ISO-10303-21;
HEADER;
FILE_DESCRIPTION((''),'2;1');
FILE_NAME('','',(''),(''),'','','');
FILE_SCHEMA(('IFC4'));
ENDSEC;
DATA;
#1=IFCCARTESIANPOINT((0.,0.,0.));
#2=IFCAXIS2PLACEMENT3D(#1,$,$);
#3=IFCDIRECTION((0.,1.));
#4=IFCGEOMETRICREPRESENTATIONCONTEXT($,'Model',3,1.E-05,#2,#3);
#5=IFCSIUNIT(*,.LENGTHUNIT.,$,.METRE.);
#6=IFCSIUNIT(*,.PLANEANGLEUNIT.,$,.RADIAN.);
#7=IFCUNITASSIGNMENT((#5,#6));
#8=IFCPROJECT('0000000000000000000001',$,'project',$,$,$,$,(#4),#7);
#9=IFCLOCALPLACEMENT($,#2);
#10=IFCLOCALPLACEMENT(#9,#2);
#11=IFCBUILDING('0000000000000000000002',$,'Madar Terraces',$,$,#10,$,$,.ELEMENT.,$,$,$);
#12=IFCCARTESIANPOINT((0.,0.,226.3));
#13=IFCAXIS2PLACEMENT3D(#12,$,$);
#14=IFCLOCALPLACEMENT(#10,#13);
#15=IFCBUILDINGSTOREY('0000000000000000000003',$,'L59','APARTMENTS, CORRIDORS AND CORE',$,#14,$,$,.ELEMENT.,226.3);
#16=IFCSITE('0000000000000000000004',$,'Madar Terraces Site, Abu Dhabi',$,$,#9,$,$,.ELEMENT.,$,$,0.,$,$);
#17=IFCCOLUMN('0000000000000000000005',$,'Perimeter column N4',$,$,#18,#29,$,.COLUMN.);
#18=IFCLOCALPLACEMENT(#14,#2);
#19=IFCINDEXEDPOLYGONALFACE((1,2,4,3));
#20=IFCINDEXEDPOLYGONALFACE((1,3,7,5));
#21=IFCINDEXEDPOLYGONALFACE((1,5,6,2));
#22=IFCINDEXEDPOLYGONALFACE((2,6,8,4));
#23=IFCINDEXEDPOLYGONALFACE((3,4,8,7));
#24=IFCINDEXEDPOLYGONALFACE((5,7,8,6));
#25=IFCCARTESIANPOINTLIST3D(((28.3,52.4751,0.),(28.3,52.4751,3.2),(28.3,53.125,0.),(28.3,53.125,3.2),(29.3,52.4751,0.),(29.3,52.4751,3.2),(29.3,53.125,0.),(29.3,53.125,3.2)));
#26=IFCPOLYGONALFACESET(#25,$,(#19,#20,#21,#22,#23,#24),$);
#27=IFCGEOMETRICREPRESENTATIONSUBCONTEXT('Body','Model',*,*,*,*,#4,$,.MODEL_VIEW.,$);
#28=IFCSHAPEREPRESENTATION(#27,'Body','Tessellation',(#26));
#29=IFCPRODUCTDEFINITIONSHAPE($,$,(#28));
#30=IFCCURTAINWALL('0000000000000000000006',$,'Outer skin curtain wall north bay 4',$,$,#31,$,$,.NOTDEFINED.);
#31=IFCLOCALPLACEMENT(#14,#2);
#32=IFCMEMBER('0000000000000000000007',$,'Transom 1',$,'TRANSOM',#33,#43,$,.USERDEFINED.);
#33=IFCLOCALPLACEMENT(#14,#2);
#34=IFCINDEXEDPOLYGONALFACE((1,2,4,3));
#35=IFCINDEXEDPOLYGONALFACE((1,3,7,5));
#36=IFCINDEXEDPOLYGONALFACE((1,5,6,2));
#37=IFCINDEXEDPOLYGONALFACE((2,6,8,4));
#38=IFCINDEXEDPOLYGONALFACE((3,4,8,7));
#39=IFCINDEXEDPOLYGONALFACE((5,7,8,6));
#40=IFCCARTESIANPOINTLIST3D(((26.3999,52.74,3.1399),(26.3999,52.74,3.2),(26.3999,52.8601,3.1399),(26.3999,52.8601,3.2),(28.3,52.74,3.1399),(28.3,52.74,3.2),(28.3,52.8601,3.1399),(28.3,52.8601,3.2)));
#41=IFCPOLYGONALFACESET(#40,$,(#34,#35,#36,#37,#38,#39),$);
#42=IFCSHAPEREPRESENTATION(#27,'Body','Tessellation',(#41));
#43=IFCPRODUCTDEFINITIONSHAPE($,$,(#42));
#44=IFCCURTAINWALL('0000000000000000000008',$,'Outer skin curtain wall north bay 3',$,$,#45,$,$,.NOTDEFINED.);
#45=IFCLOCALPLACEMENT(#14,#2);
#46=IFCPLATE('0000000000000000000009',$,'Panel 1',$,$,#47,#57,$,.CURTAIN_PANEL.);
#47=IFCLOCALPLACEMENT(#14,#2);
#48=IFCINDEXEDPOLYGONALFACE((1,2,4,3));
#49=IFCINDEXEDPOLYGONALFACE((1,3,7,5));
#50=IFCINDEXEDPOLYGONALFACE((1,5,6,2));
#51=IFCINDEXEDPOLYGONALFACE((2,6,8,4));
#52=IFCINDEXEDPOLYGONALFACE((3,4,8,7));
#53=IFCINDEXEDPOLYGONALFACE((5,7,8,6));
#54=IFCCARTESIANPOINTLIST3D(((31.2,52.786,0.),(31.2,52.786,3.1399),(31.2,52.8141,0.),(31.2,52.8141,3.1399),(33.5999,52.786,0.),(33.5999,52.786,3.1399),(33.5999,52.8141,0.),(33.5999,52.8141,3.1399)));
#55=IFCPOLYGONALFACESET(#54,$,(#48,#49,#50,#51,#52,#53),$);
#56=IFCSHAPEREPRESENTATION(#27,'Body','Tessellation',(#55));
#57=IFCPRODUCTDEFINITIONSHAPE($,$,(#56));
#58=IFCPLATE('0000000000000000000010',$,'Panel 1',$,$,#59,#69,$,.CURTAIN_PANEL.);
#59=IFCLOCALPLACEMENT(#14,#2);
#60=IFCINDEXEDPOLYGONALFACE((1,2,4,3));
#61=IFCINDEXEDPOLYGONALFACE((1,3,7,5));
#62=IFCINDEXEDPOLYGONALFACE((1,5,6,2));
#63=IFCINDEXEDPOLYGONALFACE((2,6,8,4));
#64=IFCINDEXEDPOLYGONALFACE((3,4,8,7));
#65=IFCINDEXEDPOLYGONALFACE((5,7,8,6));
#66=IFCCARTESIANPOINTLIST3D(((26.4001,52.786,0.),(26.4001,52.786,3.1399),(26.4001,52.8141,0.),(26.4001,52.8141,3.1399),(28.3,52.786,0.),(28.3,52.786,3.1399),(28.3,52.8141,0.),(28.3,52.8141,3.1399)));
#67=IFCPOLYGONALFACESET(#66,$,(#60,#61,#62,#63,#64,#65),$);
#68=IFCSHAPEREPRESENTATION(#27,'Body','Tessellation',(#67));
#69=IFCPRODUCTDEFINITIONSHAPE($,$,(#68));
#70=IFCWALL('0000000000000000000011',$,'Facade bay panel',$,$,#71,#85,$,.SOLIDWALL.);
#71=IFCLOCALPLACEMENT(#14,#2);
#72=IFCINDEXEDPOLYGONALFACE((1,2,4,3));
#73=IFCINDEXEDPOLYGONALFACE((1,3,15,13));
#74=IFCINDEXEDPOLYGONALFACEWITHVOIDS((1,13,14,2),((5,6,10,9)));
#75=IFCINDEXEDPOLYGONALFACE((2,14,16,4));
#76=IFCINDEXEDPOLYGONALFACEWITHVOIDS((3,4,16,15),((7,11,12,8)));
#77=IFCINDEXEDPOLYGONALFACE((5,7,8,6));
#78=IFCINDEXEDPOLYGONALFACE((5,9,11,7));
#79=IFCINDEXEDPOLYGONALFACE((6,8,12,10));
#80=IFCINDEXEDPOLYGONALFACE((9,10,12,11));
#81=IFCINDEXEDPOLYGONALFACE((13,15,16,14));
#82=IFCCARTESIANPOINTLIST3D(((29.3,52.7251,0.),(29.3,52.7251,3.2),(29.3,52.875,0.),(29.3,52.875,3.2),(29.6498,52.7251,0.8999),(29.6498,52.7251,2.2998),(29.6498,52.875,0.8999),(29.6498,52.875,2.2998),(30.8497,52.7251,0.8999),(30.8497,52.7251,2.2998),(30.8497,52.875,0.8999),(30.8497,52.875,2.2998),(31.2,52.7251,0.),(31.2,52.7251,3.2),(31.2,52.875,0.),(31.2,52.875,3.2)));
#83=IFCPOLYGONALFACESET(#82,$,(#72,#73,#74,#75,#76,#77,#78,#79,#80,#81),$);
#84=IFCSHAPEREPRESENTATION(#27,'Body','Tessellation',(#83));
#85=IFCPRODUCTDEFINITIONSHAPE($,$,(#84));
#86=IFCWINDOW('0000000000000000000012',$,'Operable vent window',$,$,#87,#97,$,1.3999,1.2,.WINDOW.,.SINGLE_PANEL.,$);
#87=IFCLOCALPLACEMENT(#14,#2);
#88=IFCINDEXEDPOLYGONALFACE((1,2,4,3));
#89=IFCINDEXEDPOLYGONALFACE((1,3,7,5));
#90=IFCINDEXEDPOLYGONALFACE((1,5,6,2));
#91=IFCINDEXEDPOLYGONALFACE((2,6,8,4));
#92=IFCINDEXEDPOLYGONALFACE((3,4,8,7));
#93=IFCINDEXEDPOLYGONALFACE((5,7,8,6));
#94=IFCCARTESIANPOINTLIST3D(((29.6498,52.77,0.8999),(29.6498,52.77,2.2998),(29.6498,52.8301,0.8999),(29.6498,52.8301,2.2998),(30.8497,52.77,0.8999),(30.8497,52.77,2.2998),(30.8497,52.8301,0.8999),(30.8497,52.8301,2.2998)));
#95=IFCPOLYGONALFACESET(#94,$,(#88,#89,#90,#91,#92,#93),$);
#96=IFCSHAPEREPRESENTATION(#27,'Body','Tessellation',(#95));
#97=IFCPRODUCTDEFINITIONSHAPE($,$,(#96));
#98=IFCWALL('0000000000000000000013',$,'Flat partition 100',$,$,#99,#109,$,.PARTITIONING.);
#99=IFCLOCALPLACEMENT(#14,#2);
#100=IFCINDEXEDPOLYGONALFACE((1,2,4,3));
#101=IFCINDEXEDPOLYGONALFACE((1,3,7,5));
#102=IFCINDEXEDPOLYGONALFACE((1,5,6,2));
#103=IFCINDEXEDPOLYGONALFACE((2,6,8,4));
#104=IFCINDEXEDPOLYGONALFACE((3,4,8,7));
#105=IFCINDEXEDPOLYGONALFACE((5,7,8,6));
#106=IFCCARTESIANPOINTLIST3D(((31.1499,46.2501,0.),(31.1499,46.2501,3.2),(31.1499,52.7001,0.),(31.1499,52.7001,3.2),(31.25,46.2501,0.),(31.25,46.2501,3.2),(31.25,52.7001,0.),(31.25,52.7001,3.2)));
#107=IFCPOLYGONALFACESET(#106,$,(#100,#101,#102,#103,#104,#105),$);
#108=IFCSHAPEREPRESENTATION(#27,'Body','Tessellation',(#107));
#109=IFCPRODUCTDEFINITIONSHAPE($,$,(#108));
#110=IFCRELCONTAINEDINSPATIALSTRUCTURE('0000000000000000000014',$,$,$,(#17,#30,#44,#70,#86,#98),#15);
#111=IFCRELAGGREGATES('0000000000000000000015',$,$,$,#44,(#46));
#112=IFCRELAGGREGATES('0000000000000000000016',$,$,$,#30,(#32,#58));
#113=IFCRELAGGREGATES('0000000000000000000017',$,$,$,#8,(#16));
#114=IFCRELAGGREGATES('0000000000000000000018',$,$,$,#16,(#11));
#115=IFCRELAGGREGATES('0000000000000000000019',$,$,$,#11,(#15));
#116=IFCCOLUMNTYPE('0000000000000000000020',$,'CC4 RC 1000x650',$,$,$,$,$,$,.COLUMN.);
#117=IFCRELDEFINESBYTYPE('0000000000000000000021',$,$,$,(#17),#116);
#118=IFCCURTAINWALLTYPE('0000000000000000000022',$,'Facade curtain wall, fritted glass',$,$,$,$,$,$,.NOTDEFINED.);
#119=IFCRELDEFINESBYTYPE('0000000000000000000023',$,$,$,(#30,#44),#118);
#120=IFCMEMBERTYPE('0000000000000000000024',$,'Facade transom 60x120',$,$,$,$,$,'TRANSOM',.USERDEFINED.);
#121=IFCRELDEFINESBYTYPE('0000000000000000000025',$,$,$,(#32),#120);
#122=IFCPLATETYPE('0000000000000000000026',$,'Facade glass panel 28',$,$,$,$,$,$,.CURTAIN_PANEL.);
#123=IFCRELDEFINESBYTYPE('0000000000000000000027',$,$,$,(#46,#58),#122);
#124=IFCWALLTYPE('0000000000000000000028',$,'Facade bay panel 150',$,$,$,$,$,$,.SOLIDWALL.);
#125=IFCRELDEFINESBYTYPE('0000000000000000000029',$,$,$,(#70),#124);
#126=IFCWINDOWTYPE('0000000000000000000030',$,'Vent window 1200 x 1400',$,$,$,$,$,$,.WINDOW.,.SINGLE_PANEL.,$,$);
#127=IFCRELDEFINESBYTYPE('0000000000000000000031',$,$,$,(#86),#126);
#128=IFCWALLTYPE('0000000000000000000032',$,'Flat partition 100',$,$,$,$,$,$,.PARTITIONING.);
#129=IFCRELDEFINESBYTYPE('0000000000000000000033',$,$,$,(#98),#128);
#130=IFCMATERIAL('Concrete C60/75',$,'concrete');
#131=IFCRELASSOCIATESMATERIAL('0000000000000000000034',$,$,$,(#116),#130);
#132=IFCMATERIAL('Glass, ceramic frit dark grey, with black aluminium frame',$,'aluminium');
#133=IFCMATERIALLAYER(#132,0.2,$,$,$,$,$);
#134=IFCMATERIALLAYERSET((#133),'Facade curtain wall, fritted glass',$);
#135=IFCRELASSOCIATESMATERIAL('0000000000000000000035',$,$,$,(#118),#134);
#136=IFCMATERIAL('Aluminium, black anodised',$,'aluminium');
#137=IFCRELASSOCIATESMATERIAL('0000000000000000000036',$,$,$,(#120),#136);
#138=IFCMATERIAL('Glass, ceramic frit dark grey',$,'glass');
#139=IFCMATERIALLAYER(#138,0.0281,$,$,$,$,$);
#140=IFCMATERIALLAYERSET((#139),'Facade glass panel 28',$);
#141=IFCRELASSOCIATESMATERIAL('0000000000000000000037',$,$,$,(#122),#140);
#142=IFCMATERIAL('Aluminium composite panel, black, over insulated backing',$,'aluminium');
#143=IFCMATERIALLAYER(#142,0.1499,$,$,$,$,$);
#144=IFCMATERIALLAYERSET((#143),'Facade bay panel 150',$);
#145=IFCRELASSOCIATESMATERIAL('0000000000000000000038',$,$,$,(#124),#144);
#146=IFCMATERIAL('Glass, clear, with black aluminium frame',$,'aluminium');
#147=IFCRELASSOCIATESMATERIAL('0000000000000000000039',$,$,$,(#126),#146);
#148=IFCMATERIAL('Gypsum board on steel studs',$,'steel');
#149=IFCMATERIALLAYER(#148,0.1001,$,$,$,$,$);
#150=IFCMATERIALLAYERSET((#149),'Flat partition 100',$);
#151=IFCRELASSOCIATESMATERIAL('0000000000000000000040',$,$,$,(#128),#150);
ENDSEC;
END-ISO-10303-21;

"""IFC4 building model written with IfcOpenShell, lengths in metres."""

from ifc_helpers import new_model, si_unit, direction, frame, frame_2d, origin, origin_2d, place, context, subcontext, project, spatial, rectangle, extrude, material, layer, layer_set, material_profile, profile_set, type_object, element, fill, aggregate, save


model = new_model("IFC4")

# Units and contexts
model_context = context("Model", 3, precision=1e-05, world=origin(), true_north=direction((0.0, 1.0)))
body_context = subcontext(model_context, "Body", "Model", "MODEL_VIEW")
ifc_project = project(units=[si_unit("LENGTHUNIT", "METRE"), si_unit("PLANEANGLEUNIT", "RADIAN")], contexts=[model_context])

# Site, building, storey
site_placement = place(None, origin())
site = spatial("IfcSite", under=ifc_project, at=site_placement, Name="Madar Terraces Site, Abu Dhabi", CompositionType="ELEMENT", RefElevation=0.0)
building_placement = place(site_placement, origin())
building = spatial("IfcBuilding", under=site, at=building_placement, Name="Madar Terraces", CompositionType="ELEMENT")
storey_placement = place(building_placement, frame((0.0, 0.0, 226.3)))
storey = spatial("IfcBuildingStorey", under=building, at=storey_placement, Name="L59", Description="APARTMENTS, CORRIDORS AND CORE", CompositionType="ELEMENT", Elevation=226.3)

# Column
ifc_material_1 = material(Name="Concrete C60/75", Category="concrete")
ifc_material_profile_1 = material_profile(ifc_material_1, rectangle(XDim=1.0, YDim=0.6499, at=origin_2d()), Name="CC4 RC 1000x650")
ifc_profile_set_1 = profile_set([ifc_material_profile_1], Name="Concrete C60/75")
column_type = type_object("IfcColumnType", Name="CC4 RC 1000x650", PredefinedType="COLUMN", material=ifc_profile_set_1)
column_placement = place(storey_placement, frame((28.8, 52.8, 0.0), z_axis=(0.0, 0.0, 1.0), x_axis=(1.0, 0.0, 0.0)))
element("IfcColumn", 1, at=column_placement, inside=storey, type_object=column_type, Name="Perimeter column N4", PredefinedType="COLUMN", context=body_context, shape_type="SweptSolid", body=[
    extrude(rectangle(XDim=1.0, YDim=0.6499, at=origin_2d()), origin(), (0.0, 0.0, 1.0), 3.2),
])

# Curtain wall, member
ifc_material_2 = material(Name="Glass, ceramic frit dark grey, with black aluminium frame", Category="aluminium")
ifc_layer_1 = layer(ifc_material_2, 0.2)
ifc_layer_set_1 = layer_set([ifc_layer_1], Name="Facade curtain wall, fritted glass")
curtain_wall_type = type_object("IfcCurtainWallType", Name="Facade curtain wall, fritted glass", PredefinedType="NOTDEFINED", material=ifc_layer_set_1)
curtain_wall_1_placement = place(storey_placement, origin())
curtain_wall_1 = element("IfcCurtainWall", 2, at=curtain_wall_1_placement, inside=storey, type_object=curtain_wall_type, Name="Outer skin curtain wall north bay 4", PredefinedType="NOTDEFINED")
ifc_material_3 = material(Name="Aluminium, black anodised", Category="aluminium")
ifc_material_profile_2 = material_profile(ifc_material_3, rectangle(XDim=0.1201, YDim=0.0601, at=origin_2d()), Name="Facade transom 60x120")
ifc_profile_set_2 = profile_set([ifc_material_profile_2], Name="Aluminium, black anodised")
member_type = type_object("IfcMemberType", Name="Facade transom 60x120", ElementType="TRANSOM", PredefinedType="USERDEFINED", material=ifc_profile_set_2)
member_placement = place(storey_placement, frame((28.3, 52.8, 3.1699), z_axis=(-1.0, 0.0, 0.0), x_axis=(0.0, -1.0, 0.0)))
member = element("IfcMember", 3, at=member_placement, type_object=member_type, Name="Transom 1", ObjectType="TRANSOM", PredefinedType="USERDEFINED", context=body_context, shape_type="SweptSolid", body=[
    extrude(rectangle(XDim=0.1201, YDim=0.0601, at=origin_2d()), origin(), (0.0, 0.0, 1.0), 1.9001),
])

# Curtain wall, plate
curtain_wall_2_placement = place(storey_placement, origin())
curtain_wall_2 = element("IfcCurtainWall", 4, at=curtain_wall_2_placement, inside=storey, type_object=curtain_wall_type, Name="Outer skin curtain wall north bay 3", PredefinedType="NOTDEFINED")
ifc_material_4 = material(Name="Glass, ceramic frit dark grey", Category="glass")
ifc_layer_2 = layer(ifc_material_4, 0.0281)
ifc_layer_set_2 = layer_set([ifc_layer_2], Name="Facade glass panel 28")
plate_type = type_object("IfcPlateType", Name="Facade glass panel 28", PredefinedType="CURTAIN_PANEL", material=ifc_layer_set_2)
plate_1_placement = place(storey_placement, frame((32.3999, 52.8, 0.0), z_axis=(0.0, 0.0, 1.0), x_axis=(-1.0, 0.0, 0.0)))
plate_1 = element("IfcPlate", 5, at=plate_1_placement, type_object=plate_type, Name="Panel 1", PredefinedType="CURTAIN_PANEL", context=body_context, shape_type="SweptSolid", body=[
    extrude(rectangle(XDim=2.3999, YDim=0.0281, at=origin_2d()), origin(), (0.0, 0.0, 1.0), 3.1399),
])
aggregate(curtain_wall_2, [plate_1])

# Plate
plate_2_placement = place(storey_placement, frame((27.3501, 52.8, 0.0), z_axis=(0.0, 0.0, 1.0), x_axis=(-1.0, 0.0, 0.0)))
plate_2 = element("IfcPlate", 6, at=plate_2_placement, type_object=plate_type, Name="Panel 1", PredefinedType="CURTAIN_PANEL", context=body_context, shape_type="SweptSolid", body=[
    extrude(rectangle(XDim=1.8999, YDim=0.0281, at=origin_2d()), origin(), (0.0, 0.0, 1.0), 3.1399),
])
aggregate(curtain_wall_1, [member, plate_2])

# Wall, opening, window
ifc_material_5 = material(Name="Aluminium composite panel, black, over insulated backing", Category="aluminium")
ifc_layer_3 = layer(ifc_material_5, 0.1499)
ifc_layer_set_3 = layer_set([ifc_layer_3], Name="Facade bay panel 150")
wall_type_1 = type_object("IfcWallType", Name="Facade bay panel 150", PredefinedType="SOLIDWALL", material=ifc_layer_set_3)
wall_1_placement = place(storey_placement, frame((31.2, 52.8, 0.0), z_axis=(0.0, 0.0, 1.0), x_axis=(-1.0, 0.0, 0.0)))
wall_1 = element("IfcWall", 7, at=wall_1_placement, inside=storey, type_object=wall_type_1, Name="Facade bay panel", PredefinedType="SOLIDWALL", context=body_context, shape_type="SweptSolid", body=[
    extrude(rectangle(XDim=1.8999, YDim=0.1499, at=frame_2d((0.95, 0.0))), origin(), (0.0, 0.0, 1.0), 3.2),
])
opening_1_placement = place(wall_1_placement, frame((0.3501, 0.0, 0.8999)))
opening_1 = element("IfcOpeningElement", 8, at=opening_1_placement, cuts=wall_1, PredefinedType="OPENING", context=body_context, shape_type="SweptSolid", body=[
    extrude(rectangle(XDim=1.2, YDim=1.3999, at=frame_2d((0.6001, 0.7))), frame((0.0, 0.085, 0.0), z_axis=(0.0, -1.0, 0.0), x_axis=(1.0, 0.0, 0.0)), (0.0, 0.0, 1.0), 0.1699),
])
ifc_material_6 = material(Name="Glass, clear, with black aluminium frame", Category="aluminium")
window_type = type_object("IfcWindowType", Name="Vent window 1200 x 1400", PartitioningType="SINGLE_PANEL", PredefinedType="WINDOW", material=ifc_material_6)
window_placement = place(opening_1_placement, origin())
window = element("IfcWindow", 9, at=window_placement, inside=storey, type_object=window_type, Name="Operable vent window", OverallHeight=1.3999, OverallWidth=1.2, PartitioningType="SINGLE_PANEL", PredefinedType="WINDOW", context=body_context, shape_type="SweptSolid", body=[
    extrude(rectangle(XDim=1.2, YDim=1.3999, at=frame_2d((0.6001, 0.7))), frame((0.0, 0.03, 0.0), z_axis=(0.0, -1.0, 0.0), x_axis=(1.0, 0.0, 0.0)), (0.0, 0.0, 1.0), 0.0601),
])
fill(opening_1, window)

# Wall
ifc_material_7 = material(Name="Gypsum board on steel studs", Category="steel")
ifc_layer_4 = layer(ifc_material_7, 0.1001)
ifc_layer_set_4 = layer_set([ifc_layer_4], Name="Flat partition 100")
wall_type_2 = type_object("IfcWallType", Name="Flat partition 100", PredefinedType="PARTITIONING", material=ifc_layer_set_4)
wall_2_placement = place(storey_placement, frame((31.2, 46.25, 0.0), z_axis=(0.0, 0.0, 1.0), x_axis=(0.0, 1.0, 0.0)))
element("IfcWall", 10, at=wall_2_placement, inside=storey, type_object=wall_type_2, Name="Flat partition 100", PredefinedType="PARTITIONING", context=body_context, shape_type="SweptSolid", body=[
    extrude(rectangle(XDim=6.45, YDim=0.1001, at=frame_2d((3.2251, 0.0))), origin(), (0.0, 0.0, 1.0), 3.2),
])

save(model, "model.ifc")
